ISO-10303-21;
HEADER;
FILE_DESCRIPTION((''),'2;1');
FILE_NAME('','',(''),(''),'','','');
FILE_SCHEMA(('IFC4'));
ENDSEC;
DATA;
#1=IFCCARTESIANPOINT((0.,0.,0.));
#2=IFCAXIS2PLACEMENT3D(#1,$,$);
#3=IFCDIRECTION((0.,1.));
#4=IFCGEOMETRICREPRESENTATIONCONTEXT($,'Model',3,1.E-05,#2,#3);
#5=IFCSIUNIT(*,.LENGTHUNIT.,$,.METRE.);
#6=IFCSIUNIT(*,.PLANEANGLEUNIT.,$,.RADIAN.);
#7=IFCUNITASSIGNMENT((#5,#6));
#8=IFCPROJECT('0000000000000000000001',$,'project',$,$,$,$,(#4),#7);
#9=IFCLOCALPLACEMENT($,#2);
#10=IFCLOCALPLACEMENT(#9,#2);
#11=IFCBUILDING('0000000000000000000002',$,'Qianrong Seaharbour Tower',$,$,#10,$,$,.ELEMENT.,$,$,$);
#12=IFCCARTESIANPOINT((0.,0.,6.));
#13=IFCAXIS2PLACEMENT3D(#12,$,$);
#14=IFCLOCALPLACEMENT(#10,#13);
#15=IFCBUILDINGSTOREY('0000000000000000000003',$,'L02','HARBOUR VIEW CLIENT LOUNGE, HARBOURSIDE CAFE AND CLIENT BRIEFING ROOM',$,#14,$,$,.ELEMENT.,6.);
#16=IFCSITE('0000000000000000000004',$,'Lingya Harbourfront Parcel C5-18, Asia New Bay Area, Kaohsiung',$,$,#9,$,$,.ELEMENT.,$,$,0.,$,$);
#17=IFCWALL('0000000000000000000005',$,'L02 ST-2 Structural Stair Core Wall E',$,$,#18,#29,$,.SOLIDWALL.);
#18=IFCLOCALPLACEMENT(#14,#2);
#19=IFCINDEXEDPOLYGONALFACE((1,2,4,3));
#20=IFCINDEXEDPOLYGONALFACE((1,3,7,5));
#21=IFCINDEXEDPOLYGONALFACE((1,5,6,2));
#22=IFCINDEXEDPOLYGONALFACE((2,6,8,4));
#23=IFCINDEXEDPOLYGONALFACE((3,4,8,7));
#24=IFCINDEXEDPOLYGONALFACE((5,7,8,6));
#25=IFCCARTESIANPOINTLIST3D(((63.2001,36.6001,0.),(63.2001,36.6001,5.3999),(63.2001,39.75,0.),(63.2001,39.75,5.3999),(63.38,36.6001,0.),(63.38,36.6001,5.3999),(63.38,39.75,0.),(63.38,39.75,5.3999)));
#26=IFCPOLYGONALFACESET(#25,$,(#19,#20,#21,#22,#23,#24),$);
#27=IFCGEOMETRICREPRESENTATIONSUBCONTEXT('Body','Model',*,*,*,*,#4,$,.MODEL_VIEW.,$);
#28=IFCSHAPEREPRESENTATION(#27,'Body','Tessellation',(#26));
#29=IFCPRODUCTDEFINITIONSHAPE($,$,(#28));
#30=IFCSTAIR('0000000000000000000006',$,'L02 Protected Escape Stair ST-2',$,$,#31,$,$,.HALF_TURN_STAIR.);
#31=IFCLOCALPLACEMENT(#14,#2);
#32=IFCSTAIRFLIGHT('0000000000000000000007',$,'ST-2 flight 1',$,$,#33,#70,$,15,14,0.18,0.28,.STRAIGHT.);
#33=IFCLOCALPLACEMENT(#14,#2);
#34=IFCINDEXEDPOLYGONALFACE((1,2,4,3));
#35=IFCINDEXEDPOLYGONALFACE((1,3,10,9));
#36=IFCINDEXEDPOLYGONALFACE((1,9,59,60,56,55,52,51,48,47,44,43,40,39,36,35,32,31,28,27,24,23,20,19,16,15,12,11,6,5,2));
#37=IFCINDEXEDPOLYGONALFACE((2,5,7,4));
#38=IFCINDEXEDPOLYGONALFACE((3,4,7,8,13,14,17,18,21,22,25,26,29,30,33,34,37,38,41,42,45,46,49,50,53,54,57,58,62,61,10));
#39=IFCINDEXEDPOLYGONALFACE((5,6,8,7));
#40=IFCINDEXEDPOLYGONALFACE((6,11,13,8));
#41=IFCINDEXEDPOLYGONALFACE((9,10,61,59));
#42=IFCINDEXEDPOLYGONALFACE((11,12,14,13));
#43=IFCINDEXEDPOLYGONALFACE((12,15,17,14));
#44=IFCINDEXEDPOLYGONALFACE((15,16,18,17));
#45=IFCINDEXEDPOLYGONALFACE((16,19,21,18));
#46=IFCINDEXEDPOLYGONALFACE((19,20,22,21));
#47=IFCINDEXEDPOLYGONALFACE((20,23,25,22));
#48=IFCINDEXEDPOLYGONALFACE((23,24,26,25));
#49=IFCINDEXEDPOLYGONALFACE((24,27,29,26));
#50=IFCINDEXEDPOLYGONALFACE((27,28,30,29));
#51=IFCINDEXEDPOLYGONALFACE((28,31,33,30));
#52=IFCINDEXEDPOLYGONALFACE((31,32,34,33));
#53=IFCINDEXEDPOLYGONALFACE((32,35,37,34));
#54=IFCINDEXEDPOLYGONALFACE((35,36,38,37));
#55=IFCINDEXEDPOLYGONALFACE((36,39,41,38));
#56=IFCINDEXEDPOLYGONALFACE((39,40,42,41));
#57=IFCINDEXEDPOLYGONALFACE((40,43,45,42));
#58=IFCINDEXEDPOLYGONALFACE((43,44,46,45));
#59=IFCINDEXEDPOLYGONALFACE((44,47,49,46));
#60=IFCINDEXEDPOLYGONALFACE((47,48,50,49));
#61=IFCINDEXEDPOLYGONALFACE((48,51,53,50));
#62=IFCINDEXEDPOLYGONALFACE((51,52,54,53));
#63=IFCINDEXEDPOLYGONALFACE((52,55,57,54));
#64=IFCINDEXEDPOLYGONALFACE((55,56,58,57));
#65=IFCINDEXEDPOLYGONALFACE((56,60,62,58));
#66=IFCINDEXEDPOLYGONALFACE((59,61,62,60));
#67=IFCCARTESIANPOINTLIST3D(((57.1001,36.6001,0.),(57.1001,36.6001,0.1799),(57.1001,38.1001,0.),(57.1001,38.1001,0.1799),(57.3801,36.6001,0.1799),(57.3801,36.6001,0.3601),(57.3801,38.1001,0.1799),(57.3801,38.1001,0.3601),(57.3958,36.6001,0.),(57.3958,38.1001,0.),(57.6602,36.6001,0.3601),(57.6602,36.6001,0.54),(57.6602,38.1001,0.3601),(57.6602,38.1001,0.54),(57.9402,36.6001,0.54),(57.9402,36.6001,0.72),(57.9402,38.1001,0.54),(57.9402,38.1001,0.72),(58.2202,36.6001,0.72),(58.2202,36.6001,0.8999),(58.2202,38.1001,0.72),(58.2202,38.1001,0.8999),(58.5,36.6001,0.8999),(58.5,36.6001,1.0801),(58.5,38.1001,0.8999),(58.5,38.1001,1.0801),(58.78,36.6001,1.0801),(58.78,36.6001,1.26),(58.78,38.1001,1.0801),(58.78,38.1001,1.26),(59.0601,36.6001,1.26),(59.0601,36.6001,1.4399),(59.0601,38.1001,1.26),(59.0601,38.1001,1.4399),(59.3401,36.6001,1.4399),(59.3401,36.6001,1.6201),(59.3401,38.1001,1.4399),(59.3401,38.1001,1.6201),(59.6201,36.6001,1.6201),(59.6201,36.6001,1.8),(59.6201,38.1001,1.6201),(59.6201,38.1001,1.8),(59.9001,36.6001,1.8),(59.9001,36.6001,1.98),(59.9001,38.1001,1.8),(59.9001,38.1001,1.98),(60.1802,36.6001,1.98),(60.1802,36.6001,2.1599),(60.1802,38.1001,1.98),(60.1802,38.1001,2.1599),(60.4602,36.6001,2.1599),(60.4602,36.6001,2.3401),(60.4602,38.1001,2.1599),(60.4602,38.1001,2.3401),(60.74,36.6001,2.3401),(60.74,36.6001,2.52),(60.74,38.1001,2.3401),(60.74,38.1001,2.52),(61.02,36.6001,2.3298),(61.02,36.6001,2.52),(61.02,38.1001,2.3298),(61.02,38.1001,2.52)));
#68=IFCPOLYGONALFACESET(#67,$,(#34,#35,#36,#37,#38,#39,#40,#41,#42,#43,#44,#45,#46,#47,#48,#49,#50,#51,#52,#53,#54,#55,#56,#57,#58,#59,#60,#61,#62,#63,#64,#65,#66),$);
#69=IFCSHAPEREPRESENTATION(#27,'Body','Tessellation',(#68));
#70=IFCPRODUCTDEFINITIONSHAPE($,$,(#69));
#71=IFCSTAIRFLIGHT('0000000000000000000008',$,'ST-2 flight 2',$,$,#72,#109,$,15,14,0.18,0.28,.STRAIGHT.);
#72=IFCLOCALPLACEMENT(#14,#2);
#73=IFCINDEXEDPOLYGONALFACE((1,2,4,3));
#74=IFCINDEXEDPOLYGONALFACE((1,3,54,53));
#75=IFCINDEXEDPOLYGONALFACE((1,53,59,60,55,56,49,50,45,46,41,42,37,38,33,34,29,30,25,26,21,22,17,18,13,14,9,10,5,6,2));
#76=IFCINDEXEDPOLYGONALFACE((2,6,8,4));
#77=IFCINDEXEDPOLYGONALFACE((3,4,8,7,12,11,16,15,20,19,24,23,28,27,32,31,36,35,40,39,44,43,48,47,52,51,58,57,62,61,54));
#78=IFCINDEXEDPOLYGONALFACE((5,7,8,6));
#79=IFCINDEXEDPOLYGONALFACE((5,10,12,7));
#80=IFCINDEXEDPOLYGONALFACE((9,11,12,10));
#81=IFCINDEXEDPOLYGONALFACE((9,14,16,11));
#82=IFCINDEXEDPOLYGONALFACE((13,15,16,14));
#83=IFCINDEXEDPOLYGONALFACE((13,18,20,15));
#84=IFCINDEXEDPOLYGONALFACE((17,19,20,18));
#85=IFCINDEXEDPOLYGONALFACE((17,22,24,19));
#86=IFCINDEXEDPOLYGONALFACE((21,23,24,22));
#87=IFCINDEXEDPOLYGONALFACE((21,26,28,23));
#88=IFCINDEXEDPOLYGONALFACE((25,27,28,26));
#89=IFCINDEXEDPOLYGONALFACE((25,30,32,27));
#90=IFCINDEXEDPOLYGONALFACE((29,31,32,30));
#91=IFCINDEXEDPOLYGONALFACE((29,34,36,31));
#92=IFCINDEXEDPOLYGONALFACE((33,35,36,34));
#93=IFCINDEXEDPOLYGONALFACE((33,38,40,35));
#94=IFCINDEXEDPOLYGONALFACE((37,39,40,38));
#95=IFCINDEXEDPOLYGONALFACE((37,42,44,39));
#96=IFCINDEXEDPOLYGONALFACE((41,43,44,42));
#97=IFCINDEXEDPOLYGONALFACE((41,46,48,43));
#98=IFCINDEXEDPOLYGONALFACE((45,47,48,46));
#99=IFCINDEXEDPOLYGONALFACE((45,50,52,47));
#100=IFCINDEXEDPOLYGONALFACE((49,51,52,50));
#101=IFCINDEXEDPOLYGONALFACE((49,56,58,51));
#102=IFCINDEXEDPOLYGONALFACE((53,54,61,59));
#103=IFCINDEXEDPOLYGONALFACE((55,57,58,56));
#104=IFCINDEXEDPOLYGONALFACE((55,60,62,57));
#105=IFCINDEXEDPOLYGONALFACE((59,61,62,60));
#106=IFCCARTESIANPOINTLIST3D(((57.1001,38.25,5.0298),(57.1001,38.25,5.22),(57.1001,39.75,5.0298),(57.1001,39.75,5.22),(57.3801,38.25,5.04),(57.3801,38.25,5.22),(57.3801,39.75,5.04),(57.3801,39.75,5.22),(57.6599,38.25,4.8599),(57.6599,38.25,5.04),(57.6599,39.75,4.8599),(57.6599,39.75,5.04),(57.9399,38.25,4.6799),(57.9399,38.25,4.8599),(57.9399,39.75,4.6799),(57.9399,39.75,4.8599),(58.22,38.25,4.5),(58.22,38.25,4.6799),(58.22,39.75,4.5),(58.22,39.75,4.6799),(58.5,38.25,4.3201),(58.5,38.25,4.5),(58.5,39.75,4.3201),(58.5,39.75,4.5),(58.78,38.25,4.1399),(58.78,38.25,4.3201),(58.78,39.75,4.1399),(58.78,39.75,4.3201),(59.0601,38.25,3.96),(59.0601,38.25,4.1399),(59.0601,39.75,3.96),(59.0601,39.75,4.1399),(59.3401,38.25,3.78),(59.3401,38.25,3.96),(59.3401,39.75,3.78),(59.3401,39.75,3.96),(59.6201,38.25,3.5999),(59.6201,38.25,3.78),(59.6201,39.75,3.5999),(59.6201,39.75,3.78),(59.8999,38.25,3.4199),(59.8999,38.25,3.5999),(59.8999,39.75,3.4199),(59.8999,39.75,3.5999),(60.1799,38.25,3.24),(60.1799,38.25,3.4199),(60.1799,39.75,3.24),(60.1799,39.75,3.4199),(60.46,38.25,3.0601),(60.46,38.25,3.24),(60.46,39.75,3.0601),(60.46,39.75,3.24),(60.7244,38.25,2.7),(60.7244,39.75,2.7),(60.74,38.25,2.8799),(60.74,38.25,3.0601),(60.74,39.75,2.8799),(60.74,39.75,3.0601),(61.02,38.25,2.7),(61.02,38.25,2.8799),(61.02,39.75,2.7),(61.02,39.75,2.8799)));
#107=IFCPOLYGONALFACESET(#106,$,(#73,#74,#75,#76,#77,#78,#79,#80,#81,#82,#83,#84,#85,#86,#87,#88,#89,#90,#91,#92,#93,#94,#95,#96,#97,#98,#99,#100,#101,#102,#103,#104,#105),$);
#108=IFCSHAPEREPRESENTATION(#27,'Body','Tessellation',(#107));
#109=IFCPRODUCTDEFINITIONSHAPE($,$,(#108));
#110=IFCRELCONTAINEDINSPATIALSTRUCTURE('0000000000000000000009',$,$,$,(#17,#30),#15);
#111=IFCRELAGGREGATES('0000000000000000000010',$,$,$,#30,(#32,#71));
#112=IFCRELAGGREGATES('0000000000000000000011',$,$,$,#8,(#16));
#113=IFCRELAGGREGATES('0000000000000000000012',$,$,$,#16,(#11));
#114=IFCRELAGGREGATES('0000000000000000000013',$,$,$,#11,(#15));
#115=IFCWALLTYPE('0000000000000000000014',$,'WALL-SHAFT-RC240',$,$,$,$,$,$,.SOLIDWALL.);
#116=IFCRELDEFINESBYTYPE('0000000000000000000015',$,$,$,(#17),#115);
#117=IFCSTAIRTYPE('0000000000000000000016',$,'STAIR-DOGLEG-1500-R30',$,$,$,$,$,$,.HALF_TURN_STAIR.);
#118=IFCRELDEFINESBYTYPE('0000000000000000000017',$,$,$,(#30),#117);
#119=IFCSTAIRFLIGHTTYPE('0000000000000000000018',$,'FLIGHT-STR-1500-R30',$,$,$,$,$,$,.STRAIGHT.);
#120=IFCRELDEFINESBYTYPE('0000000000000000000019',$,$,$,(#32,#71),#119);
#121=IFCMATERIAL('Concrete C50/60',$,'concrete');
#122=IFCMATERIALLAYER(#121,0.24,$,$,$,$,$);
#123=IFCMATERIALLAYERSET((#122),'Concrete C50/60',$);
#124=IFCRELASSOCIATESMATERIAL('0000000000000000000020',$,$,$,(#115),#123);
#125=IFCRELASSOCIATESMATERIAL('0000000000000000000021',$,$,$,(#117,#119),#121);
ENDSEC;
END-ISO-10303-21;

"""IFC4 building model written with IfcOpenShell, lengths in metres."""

from ifc_helpers import new_model, si_unit, direction, frame, frame_2d, origin, place, context, subcontext, project, spatial, polyline, rectangle, outline, extrude, material, layer, layer_set, type_object, element, aggregate, save


model = new_model("IFC4")

# Units and contexts
model_context = context("Model", 3, precision=1e-05, world=origin(), true_north=direction((0.0, 1.0)))
body_context = subcontext(model_context, "Body", "Model", "MODEL_VIEW")
ifc_project = project(units=[si_unit("LENGTHUNIT", "METRE"), si_unit("PLANEANGLEUNIT", "RADIAN")], contexts=[model_context])

# Site, building, storey
site_placement = place(None, origin())
site = spatial("IfcSite", under=ifc_project, at=site_placement, Name="Lingya Harbourfront Parcel C5-18, Asia New Bay Area, Kaohsiung", CompositionType="ELEMENT", RefElevation=0.0)
building_placement = place(site_placement, origin())
building = spatial("IfcBuilding", under=site, at=building_placement, Name="Qianrong Seaharbour Tower", CompositionType="ELEMENT")
storey_placement = place(building_placement, frame((0.0, 0.0, 6.0)))
storey = spatial("IfcBuildingStorey", under=building, at=storey_placement, Name="L02", Description="HARBOUR VIEW CLIENT LOUNGE, HARBOURSIDE CAFE AND CLIENT BRIEFING ROOM", CompositionType="ELEMENT", Elevation=6.0)

# Wall
ifc_material_1 = material(Name="Concrete C50/60", Category="concrete")
ifc_layer_1 = layer(ifc_material_1, 0.24)
ifc_layer_set_1 = layer_set([ifc_layer_1], Name="Concrete C50/60")
wall_type_1 = type_object("IfcWallType", Name="WALL-SHAFT-RC240", PredefinedType="SOLIDWALL", material=ifc_layer_set_1)
wall_1_placement = place(storey_placement, frame((63.29, 36.6001, 0.0), z_axis=(0.0, 0.0, 1.0), x_axis=(0.0, 1.0, 0.0)))
element("IfcWall", 1, at=wall_1_placement, inside=storey, type_object=wall_type_1, Name="L02 ST-2 Structural Stair Core Wall E", PredefinedType="SOLIDWALL", context=body_context, shape_type="SweptSolid", body=[
    extrude(rectangle(XDim=3.1499, YDim=0.1799, at=frame_2d((1.575, 0.0))), origin(), (0.0, 0.0, 1.0), 5.3999),
])

# Stair, stair flights
stair_type = type_object("IfcStairType", Name="STAIR-DOGLEG-1500-R30", PredefinedType="HALF_TURN_STAIR", material=ifc_material_1)
stair_placement = place(storey_placement, origin())
stair = element("IfcStair", 2, at=stair_placement, inside=storey, type_object=stair_type, Name="L02 Protected Escape Stair ST-2", PredefinedType="HALF_TURN_STAIR")
stair_flight_type = type_object("IfcStairFlightType", Name="FLIGHT-STR-1500-R30", PredefinedType="STRAIGHT", material=ifc_material_1)
stair_flight_1_placement = place(storey_placement, frame((57.1001, 37.3501, 0.0), z_axis=(0.0, 0.0, 1.0), x_axis=(1.0, 0.0, 0.0)))
stair_flight_1 = element("IfcStairFlight", 3, at=stair_flight_1_placement, type_object=stair_flight_type, Name="ST-2 flight 1", NumberOfRisers=15, NumberOfTreads=14, PredefinedType="STRAIGHT", RiserHeight=0.18, TreadLength=0.28, context=body_context, shape_type="SweptSolid", body=[
    extrude(outline(polyline([(0.0, 0.0), (0.0, 0.1799), (0.28, 0.1799), (0.28, 0.3601), (0.5601, 0.3601), (0.5601, 0.54), (0.8401, 0.54), (0.8401, 0.72), (1.1201, 0.72), (1.1201, 0.8999), (1.3999, 0.8999), (1.3999, 1.0801), (1.6799, 1.0801), (1.6799, 1.26), (1.96, 1.26), (1.96, 1.4399), (2.24, 1.4399), (2.24, 1.6201), (2.52, 1.6201), (2.52, 1.8), (2.8, 1.8), (2.8, 1.98), (3.0801, 1.98), (3.0801, 2.1599), (3.3601, 2.1599), (3.3601, 2.3401), (3.6399, 2.3401), (3.6399, 2.52), (3.9199, 2.52), (3.9199, 2.7), (3.9199, 2.3298), (0.2957, 0.0), (0.0, 0.0)])), frame((0.0, 0.75, 0.0), z_axis=(0.0, -1.0, 0.0), x_axis=(1.0, 0.0, 0.0)), (0.0, 0.0, 1.0), 1.5),
])
stair_flight_2_placement = place(storey_placement, frame((61.02, 39.0, 2.7), z_axis=(0.0, 0.0, 1.0), x_axis=(-1.0, 0.0, 0.0)))
stair_flight_2 = element("IfcStairFlight", 4, at=stair_flight_2_placement, type_object=stair_flight_type, Name="ST-2 flight 2", NumberOfRisers=15, NumberOfTreads=14, PredefinedType="STRAIGHT", RiserHeight=0.18, TreadLength=0.28, context=body_context, shape_type="SweptSolid", body=[
    extrude(outline(polyline([(0.0, 0.0), (0.0, 0.1799), (0.28, 0.1799), (0.28, 0.3601), (0.5601, 0.3601), (0.5601, 0.54), (0.8401, 0.54), (0.8401, 0.72), (1.1201, 0.72), (1.1201, 0.8999), (1.3999, 0.8999), (1.3999, 1.0801), (1.6799, 1.0801), (1.6799, 1.26), (1.96, 1.26), (1.96, 1.4399), (2.24, 1.4399), (2.24, 1.6201), (2.52, 1.6201), (2.52, 1.8), (2.8, 1.8), (2.8, 1.98), (3.0801, 1.98), (3.0801, 2.1599), (3.3601, 2.1599), (3.3601, 2.3401), (3.6399, 2.3401), (3.6399, 2.52), (3.9199, 2.52), (3.9199, 2.7), (3.9199, 2.3298), (0.2957, 0.0), (0.0, 0.0)])), frame((0.0, 0.75, 0.0), z_axis=(0.0, -1.0, 0.0), x_axis=(1.0, 0.0, 0.0)), (0.0, 0.0, 1.0), 1.5),
])
aggregate(stair, [stair_flight_1, stair_flight_2])

save(model, "model.ifc")
